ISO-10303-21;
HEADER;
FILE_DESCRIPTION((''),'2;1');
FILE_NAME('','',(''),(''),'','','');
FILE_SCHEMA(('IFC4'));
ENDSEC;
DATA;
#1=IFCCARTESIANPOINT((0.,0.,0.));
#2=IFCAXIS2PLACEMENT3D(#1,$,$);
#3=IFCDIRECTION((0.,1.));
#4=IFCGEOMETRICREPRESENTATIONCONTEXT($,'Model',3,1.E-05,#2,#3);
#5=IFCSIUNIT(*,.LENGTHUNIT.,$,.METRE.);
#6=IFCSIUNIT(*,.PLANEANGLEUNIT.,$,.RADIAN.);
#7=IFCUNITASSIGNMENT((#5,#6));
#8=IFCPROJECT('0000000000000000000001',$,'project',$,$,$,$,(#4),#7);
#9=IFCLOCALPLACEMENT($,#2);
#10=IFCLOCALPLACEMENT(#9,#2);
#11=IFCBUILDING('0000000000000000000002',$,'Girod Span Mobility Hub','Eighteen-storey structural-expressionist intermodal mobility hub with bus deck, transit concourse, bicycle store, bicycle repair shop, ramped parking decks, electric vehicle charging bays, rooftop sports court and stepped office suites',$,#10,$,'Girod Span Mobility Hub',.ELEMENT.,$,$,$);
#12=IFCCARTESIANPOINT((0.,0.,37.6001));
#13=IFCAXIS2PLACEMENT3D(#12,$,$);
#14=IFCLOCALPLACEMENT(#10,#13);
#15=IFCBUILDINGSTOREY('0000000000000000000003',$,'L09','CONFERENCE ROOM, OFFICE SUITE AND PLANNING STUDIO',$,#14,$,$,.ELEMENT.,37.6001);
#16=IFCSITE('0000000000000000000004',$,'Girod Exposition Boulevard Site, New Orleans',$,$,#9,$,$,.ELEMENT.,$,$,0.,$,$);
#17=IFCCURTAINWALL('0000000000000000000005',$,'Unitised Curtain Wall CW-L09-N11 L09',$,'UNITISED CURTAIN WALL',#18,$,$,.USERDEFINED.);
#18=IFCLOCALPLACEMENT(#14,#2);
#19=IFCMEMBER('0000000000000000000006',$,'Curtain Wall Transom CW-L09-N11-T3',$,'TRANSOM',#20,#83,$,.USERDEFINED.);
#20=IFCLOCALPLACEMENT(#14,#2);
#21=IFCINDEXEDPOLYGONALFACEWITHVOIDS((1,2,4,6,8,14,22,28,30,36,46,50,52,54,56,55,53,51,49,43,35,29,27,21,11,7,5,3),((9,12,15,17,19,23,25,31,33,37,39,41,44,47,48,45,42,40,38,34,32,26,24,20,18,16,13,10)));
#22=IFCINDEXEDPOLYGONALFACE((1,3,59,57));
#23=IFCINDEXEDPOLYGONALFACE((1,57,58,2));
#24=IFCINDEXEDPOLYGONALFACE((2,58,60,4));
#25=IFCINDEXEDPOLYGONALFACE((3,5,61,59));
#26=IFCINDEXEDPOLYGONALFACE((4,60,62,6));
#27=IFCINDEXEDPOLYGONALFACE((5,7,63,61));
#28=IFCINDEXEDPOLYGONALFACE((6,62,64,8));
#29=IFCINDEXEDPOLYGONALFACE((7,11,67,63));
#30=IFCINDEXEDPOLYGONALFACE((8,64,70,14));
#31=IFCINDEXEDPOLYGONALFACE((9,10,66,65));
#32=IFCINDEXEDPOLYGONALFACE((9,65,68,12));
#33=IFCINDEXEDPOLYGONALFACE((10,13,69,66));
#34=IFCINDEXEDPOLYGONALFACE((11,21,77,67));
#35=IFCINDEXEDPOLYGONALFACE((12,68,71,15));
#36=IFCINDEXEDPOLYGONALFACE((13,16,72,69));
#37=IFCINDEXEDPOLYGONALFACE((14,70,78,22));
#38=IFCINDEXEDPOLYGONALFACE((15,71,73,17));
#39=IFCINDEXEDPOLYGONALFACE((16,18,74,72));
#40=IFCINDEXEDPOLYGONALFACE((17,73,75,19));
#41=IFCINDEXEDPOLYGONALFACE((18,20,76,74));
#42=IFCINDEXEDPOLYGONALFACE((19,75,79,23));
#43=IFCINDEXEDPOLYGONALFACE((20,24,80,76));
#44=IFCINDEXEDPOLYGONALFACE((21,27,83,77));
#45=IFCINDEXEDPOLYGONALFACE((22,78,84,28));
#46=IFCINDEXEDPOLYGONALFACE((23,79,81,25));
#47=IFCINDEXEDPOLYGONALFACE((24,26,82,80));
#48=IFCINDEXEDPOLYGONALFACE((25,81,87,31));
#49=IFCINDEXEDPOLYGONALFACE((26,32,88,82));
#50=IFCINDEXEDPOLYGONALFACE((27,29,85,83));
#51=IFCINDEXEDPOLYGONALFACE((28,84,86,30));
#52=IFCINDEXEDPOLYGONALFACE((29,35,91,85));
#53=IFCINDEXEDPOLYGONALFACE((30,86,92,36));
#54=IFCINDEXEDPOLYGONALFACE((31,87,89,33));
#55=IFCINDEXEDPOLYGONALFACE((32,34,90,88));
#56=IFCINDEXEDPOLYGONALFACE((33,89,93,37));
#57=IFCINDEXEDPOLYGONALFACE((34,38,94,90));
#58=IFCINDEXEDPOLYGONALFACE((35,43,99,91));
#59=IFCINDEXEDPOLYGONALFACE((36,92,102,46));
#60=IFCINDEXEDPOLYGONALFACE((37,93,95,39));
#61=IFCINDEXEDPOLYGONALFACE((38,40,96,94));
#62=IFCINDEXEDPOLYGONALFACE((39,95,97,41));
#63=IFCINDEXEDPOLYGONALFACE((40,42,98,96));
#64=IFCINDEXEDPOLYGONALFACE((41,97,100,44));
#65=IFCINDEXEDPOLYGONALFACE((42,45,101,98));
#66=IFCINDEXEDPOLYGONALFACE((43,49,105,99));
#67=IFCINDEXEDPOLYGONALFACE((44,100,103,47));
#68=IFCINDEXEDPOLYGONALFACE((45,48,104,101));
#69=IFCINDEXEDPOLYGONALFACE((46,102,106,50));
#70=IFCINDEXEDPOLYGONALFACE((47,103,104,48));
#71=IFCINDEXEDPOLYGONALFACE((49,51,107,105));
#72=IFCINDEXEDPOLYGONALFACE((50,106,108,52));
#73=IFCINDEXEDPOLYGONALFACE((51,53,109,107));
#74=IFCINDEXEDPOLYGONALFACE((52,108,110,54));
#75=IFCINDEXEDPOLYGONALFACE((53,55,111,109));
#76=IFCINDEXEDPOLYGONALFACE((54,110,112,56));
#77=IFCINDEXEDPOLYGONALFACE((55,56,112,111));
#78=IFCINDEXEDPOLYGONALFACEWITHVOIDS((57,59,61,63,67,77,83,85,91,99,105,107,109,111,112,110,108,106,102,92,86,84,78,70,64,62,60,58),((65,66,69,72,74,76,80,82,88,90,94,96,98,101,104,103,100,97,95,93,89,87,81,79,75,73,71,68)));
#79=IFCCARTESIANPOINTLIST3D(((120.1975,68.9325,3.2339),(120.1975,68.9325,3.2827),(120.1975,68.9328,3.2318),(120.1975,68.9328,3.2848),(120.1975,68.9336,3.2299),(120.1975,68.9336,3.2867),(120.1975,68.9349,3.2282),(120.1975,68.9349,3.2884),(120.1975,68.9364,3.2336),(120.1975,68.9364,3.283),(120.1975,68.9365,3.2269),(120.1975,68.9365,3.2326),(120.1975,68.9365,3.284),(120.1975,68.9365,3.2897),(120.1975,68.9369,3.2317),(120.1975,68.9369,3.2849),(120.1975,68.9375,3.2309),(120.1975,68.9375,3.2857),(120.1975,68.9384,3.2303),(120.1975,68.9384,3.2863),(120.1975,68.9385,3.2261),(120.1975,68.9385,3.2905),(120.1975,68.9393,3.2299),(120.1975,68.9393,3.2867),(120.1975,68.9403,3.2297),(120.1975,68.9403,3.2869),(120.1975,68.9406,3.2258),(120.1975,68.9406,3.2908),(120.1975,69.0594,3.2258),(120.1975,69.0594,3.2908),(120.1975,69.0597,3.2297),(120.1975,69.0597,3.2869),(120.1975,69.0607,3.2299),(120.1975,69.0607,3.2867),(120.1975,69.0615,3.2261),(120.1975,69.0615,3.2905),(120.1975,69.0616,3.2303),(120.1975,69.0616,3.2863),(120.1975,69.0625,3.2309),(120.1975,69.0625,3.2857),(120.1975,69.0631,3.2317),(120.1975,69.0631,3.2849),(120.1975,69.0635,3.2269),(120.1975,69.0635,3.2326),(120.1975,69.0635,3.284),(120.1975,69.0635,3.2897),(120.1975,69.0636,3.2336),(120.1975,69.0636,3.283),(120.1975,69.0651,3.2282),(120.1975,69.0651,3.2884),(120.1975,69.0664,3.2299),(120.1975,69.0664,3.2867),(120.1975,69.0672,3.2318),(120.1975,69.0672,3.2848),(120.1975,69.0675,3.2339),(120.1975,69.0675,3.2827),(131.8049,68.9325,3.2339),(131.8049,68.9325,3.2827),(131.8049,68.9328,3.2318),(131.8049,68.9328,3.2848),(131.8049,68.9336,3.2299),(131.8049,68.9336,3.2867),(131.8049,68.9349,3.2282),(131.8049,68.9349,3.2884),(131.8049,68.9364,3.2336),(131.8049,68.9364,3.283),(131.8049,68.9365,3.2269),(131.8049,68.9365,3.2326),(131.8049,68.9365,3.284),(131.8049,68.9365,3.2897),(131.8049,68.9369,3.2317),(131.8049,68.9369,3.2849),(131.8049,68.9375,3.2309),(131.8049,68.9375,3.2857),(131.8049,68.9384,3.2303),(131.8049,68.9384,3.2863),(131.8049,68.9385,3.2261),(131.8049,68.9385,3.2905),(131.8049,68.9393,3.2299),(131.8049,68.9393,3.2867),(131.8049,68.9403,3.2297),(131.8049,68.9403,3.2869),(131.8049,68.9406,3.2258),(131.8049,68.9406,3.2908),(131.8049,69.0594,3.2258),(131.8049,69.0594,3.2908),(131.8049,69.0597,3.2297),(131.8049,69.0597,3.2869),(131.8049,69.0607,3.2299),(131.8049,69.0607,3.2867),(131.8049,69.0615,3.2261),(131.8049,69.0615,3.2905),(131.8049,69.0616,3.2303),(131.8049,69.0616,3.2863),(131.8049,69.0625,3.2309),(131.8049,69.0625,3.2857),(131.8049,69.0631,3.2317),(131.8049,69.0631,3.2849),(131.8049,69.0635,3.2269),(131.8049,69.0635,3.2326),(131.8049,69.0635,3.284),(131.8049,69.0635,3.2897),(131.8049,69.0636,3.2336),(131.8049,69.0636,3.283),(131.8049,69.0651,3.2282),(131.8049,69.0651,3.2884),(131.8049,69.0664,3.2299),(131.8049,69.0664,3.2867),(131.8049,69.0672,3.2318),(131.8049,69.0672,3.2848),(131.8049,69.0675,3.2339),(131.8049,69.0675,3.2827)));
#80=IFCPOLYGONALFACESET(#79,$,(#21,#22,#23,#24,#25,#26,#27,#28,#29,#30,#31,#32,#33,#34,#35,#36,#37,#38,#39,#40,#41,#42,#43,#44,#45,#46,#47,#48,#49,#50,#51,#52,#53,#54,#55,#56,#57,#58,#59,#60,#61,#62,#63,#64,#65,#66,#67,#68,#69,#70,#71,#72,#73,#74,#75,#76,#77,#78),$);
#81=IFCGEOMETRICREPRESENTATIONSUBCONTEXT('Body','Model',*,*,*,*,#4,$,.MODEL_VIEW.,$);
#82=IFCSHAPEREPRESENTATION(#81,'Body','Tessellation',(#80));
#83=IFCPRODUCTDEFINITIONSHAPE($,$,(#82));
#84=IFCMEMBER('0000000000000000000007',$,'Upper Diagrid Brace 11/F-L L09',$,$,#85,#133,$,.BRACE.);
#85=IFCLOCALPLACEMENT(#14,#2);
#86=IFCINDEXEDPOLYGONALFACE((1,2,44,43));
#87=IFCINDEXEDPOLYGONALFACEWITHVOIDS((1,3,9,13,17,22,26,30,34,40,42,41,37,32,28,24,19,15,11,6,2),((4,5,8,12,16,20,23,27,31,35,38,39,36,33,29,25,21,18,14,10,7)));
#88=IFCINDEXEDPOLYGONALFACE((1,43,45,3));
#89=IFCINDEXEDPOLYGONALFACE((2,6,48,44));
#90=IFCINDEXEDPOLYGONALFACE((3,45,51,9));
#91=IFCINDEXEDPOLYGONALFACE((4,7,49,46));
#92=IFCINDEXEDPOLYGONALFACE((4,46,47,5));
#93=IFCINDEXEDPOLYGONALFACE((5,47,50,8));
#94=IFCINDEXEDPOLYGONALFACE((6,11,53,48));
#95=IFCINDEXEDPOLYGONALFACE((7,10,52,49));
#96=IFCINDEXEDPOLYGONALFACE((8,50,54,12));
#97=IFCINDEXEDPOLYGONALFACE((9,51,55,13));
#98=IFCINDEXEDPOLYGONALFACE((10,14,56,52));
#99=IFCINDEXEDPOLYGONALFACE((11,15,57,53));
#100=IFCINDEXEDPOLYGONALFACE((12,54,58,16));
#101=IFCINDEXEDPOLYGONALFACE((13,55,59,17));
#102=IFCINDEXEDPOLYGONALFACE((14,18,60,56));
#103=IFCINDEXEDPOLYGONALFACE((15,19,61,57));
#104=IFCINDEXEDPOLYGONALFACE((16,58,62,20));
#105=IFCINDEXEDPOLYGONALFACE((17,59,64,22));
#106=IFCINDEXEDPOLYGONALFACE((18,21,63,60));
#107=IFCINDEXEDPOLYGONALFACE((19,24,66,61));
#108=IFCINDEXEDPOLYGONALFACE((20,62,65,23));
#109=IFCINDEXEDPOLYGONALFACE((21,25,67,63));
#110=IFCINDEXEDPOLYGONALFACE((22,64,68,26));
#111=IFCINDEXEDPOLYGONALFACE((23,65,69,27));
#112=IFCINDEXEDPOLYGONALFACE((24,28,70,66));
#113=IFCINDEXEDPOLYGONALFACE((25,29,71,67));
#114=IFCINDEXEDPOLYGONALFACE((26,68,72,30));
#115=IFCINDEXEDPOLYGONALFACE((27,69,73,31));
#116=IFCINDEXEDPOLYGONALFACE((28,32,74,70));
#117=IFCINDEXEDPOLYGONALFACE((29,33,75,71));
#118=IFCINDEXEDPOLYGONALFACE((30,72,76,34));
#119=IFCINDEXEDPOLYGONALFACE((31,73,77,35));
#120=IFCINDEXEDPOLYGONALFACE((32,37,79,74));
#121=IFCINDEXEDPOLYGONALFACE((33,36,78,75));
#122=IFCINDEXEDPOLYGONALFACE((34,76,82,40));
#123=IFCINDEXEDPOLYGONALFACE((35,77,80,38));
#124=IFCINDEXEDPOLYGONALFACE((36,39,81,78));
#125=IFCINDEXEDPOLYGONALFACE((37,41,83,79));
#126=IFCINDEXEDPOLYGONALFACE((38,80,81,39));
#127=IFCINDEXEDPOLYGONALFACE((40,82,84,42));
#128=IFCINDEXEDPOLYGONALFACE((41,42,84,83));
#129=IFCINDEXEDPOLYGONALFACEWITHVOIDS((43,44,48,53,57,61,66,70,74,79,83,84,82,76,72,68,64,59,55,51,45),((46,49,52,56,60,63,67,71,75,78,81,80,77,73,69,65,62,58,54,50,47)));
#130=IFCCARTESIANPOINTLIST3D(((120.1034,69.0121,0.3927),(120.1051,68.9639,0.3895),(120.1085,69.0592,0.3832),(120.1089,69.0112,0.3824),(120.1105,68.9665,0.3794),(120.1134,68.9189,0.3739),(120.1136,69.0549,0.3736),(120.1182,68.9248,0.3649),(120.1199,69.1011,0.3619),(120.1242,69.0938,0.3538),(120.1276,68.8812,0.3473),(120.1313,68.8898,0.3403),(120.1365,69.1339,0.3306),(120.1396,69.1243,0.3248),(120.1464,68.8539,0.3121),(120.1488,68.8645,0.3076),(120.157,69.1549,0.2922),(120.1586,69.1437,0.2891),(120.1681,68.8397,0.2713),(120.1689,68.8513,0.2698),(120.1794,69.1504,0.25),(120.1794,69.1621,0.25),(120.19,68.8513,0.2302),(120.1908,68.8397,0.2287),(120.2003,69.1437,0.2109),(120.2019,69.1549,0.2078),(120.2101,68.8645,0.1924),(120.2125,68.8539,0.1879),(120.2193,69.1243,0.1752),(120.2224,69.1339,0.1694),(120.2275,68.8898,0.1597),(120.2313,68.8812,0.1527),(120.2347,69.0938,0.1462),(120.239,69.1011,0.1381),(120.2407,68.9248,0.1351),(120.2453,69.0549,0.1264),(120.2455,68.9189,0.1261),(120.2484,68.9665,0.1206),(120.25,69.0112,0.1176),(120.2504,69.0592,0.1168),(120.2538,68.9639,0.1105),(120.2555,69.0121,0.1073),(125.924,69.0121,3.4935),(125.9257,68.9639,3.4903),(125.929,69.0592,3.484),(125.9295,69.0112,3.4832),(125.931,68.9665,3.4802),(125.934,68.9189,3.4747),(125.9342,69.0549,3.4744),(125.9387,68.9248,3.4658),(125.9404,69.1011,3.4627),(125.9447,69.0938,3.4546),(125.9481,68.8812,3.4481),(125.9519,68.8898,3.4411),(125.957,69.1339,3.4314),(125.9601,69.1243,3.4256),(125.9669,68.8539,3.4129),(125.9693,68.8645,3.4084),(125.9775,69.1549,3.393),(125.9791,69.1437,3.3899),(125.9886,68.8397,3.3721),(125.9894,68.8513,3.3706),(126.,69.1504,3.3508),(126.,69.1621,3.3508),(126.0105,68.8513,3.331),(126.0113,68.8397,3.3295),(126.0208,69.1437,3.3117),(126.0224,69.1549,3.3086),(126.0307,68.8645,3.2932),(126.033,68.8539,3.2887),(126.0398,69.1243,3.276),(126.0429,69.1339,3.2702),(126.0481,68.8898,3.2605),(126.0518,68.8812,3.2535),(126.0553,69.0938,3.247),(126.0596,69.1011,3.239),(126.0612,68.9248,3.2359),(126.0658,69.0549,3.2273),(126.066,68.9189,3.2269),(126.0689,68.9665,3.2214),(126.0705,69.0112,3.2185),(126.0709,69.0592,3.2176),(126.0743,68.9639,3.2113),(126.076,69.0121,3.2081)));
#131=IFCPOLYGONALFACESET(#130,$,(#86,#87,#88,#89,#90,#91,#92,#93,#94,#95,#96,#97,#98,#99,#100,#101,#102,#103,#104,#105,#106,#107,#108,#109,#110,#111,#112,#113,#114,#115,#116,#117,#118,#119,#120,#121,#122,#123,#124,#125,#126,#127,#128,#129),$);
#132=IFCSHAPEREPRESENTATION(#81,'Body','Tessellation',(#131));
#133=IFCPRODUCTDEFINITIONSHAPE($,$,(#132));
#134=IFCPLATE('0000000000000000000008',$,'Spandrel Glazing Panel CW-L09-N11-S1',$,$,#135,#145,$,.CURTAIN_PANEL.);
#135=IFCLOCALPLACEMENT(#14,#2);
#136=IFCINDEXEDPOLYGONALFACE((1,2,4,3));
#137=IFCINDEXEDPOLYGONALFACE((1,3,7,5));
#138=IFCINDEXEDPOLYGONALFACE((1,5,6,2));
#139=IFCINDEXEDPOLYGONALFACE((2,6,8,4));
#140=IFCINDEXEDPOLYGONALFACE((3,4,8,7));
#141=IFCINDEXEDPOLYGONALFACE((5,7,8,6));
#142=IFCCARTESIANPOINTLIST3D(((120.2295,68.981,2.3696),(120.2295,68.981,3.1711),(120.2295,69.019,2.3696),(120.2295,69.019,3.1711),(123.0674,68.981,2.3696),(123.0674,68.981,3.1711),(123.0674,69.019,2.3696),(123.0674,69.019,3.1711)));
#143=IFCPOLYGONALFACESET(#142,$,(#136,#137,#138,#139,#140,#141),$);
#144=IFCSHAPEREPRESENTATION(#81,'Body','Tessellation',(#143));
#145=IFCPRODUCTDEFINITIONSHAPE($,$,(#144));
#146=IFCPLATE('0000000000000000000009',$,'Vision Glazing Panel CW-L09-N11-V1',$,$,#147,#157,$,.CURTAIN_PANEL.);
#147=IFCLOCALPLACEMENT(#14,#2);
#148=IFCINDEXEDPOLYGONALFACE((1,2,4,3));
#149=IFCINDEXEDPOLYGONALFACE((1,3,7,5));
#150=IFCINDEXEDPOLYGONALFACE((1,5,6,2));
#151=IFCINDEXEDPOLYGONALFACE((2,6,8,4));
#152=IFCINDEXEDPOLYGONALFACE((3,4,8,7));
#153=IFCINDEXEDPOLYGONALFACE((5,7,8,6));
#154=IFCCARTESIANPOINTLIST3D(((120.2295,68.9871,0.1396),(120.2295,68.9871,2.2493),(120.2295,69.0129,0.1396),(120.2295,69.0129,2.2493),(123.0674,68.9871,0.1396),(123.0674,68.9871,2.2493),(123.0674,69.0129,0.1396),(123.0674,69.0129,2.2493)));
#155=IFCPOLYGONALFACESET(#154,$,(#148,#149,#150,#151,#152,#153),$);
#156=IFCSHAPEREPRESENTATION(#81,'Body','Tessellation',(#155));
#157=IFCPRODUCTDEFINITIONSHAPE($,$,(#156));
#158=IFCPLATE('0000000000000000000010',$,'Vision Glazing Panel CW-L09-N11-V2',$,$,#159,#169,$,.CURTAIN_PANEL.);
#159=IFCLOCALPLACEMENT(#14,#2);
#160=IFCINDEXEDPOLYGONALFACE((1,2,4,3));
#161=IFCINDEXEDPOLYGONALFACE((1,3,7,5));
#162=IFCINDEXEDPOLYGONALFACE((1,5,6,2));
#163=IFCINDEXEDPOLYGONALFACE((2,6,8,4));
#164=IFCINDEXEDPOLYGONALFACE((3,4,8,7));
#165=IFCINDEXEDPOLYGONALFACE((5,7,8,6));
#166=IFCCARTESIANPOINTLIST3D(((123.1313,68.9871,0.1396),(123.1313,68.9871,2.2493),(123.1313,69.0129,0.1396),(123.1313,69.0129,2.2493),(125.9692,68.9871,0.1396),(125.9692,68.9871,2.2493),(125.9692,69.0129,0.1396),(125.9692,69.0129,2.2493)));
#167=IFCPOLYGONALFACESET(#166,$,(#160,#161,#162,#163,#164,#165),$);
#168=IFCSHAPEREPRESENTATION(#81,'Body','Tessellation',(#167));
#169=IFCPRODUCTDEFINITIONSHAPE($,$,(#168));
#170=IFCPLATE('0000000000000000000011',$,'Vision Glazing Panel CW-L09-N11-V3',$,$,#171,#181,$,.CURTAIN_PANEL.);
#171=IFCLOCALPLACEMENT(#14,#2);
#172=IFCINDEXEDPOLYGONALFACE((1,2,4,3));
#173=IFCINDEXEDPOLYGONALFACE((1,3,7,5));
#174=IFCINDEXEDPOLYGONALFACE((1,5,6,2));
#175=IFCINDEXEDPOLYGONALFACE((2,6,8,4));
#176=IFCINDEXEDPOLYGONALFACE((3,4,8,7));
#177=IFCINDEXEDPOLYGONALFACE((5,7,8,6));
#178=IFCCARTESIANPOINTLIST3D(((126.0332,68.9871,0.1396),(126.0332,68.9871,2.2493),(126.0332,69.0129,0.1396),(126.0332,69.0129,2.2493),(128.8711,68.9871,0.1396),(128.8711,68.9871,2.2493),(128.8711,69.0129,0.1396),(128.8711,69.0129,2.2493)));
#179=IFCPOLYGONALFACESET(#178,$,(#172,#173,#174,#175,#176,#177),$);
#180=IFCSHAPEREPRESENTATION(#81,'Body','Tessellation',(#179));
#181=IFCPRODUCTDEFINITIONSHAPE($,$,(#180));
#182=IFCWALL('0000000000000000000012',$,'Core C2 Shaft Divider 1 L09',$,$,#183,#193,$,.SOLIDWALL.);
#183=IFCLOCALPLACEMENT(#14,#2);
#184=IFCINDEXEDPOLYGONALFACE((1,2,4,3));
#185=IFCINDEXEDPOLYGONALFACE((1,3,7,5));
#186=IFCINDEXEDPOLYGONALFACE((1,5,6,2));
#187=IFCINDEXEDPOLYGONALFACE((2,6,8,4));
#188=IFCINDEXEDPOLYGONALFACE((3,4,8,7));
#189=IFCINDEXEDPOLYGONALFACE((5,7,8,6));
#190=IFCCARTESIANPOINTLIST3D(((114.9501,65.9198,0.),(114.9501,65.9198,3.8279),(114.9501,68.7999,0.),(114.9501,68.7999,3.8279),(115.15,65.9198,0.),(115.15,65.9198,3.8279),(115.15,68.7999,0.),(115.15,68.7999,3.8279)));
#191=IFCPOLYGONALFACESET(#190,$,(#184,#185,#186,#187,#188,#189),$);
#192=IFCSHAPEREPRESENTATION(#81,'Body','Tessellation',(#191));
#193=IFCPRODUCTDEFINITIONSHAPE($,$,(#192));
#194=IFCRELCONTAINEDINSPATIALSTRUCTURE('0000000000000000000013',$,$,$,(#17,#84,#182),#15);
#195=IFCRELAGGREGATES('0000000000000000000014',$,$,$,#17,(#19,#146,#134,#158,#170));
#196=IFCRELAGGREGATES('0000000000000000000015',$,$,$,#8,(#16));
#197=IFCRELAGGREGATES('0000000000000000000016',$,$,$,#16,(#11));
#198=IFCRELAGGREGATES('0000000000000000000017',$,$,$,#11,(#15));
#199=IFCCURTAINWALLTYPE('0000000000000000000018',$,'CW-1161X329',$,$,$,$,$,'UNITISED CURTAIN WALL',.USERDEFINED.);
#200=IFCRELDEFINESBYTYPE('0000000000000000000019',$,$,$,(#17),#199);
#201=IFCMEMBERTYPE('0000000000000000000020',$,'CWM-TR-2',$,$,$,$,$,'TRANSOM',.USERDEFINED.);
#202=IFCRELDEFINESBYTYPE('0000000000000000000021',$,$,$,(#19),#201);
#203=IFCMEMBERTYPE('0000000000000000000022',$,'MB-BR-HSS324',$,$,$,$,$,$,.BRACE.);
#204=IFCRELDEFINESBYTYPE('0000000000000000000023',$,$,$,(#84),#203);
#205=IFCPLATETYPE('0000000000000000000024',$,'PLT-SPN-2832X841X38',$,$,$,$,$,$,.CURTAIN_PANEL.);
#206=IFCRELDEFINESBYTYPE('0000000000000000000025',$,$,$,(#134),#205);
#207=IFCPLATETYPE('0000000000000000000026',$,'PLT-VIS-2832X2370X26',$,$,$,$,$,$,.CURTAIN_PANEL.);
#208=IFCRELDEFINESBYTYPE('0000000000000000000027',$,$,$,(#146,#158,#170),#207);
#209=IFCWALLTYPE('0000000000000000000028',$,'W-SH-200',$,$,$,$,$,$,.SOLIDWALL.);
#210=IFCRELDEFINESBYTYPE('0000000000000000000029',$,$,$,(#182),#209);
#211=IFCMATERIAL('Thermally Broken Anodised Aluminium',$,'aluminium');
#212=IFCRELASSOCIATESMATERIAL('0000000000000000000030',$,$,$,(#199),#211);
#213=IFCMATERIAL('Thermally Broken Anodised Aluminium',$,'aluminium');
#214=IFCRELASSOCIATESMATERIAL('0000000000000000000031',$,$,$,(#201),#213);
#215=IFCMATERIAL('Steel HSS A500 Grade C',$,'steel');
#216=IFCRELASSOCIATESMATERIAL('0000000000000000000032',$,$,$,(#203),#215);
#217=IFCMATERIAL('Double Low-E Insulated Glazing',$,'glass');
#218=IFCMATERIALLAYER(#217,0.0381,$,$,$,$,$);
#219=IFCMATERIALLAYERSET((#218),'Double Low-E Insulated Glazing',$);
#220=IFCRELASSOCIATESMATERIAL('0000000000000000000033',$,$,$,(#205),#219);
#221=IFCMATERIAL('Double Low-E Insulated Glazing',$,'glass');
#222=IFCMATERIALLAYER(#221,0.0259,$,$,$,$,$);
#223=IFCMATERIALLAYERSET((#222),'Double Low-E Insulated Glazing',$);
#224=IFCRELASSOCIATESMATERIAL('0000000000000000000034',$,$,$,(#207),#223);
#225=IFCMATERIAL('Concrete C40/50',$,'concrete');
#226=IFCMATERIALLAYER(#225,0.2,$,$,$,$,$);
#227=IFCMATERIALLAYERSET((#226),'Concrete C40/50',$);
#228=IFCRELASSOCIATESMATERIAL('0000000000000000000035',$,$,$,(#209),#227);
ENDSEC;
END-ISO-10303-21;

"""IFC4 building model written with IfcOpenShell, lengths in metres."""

from ifc_helpers import new_model, si_unit, direction, frame, frame_2d, origin, origin_2d, place, context, subcontext, project, spatial, rectangle, hollow_rectangle, hollow_circle, extrude, material, layer, layer_set, material_profile, profile_set, type_object, element, aggregate, save


model = new_model("IFC4")

# Units and contexts
model_context = context("Model", 3, precision=1e-05, world=origin(), true_north=direction((0.0, 1.0)))
body_context = subcontext(model_context, "Body", "Model", "MODEL_VIEW")
ifc_project = project(units=[si_unit("LENGTHUNIT", "METRE"), si_unit("PLANEANGLEUNIT", "RADIAN")], contexts=[model_context])

# Site, building, storey
site_placement = place(None, origin())
site = spatial("IfcSite", under=ifc_project, at=site_placement, Name="Girod Exposition Boulevard Site, New Orleans", CompositionType="ELEMENT", RefElevation=0.0)
building_placement = place(site_placement, origin())
building = spatial("IfcBuilding", under=site, at=building_placement, Name="Girod Span Mobility Hub", Description="Eighteen-storey structural-expressionist intermodal mobility hub with bus deck, transit concourse, bicycle store, bicycle repair shop, ramped parking decks, electric vehicle charging bays, rooftop sports court and stepped office suites", LongName="Girod Span Mobility Hub", CompositionType="ELEMENT")
storey_placement = place(building_placement, frame((0.0, 0.0, 37.6001)))
storey = spatial("IfcBuildingStorey", under=building, at=storey_placement, Name="L09", Description="CONFERENCE ROOM, OFFICE SUITE AND PLANNING STUDIO", CompositionType="ELEMENT", Elevation=37.6001)

# Curtain wall, member
ifc_material_1 = material(Name="Thermally Broken Anodised Aluminium", Category="aluminium")
curtain_wall_type = type_object("IfcCurtainWallType", Name="CW-1161X329", ElementType="UNITISED CURTAIN WALL", PredefinedType="USERDEFINED", material=ifc_material_1)
curtain_wall_placement = place(storey_placement, origin())
curtain_wall = element("IfcCurtainWall", 1, at=curtain_wall_placement, inside=storey, type_object=curtain_wall_type, Name="Unitised Curtain Wall CW-L09-N11 L09", ObjectType="UNITISED CURTAIN WALL", PredefinedType="USERDEFINED")
ifc_material_2 = material(Name="Thermally Broken Anodised Aluminium", Category="aluminium")
ifc_material_profile_1 = material_profile(ifc_material_2, hollow_rectangle(XDim=0.135, YDim=0.0649, WallThickness=0.0039, InnerFilletRadius=0.0039, OuterFilletRadius=0.0081, at=origin_2d()), Name="CW-TR-65X135")
ifc_profile_set_1 = profile_set([ifc_material_profile_1], Name="Thermally Broken Anodised Aluminium")
member_type_1 = type_object("IfcMemberType", Name="CWM-TR-2", ElementType="TRANSOM", PredefinedType="USERDEFINED", material=ifc_profile_set_1)
member_1_placement = place(storey_placement, frame((120.1975, 69.0, 3.2583), z_axis=(1.0, 0.0, 0.0), x_axis=(0.0, 1.0, 0.0)))
member_1 = element("IfcMember", 2, at=member_1_placement, type_object=member_type_1, Name="Curtain Wall Transom CW-L09-N11-T3", ObjectType="TRANSOM", PredefinedType="USERDEFINED", context=body_context, shape_type="SweptSolid", body=[
    extrude(hollow_rectangle(XDim=0.135, YDim=0.0649, WallThickness=0.0039, InnerFilletRadius=0.0039, OuterFilletRadius=0.0081, at=origin_2d()), origin(), (0.0, 0.0, 1.0), 11.6074),
])

# Member
ifc_material_3 = material(Name="Steel HSS A500 Grade C", Category="steel")
ifc_material_profile_2 = material_profile(ifc_material_3, hollow_circle(Radius=0.1621, WallThickness=0.0117, at=origin_2d()), Name="HSS324X12.7")
ifc_profile_set_2 = profile_set([ifc_material_profile_2], Name="Steel HSS A500 Grade C")
member_type_2 = type_object("IfcMemberType", Name="MB-BR-HSS324", PredefinedType="BRACE", material=ifc_profile_set_2)
member_2_placement = place(storey_placement, frame((120.1794, 69.0, 0.25), z_axis=(0.882571, 0.0, 0.470179), x_axis=(0.0, 1.0, 0.0)))
element("IfcMember", 3, at=member_2_placement, inside=storey, type_object=member_type_2, Name="Upper Diagrid Brace 11/F-L L09", PredefinedType="BRACE", context=body_context, shape_type="SweptSolid", body=[
    extrude(hollow_circle(Radius=0.1621, WallThickness=0.0117, at=origin_2d()), origin(), (0.0, 0.0, 1.0), 6.595),
])

# Plates
ifc_material_4 = material(Name="Double Low-E Insulated Glazing", Category="glass")
ifc_layer_1 = layer(ifc_material_4, 0.0381)
ifc_layer_set_1 = layer_set([ifc_layer_1], Name="Double Low-E Insulated Glazing")
plate_type_1 = type_object("IfcPlateType", Name="PLT-SPN-2832X841X38", PredefinedType="CURTAIN_PANEL", material=ifc_layer_set_1)
plate_1_placement = place(storey_placement, frame((121.6484, 69.0, 2.3696), z_axis=(0.0, 0.0, 1.0), x_axis=(1.0, 0.0, 0.0)))
plate_1 = element("IfcPlate", 4, at=plate_1_placement, type_object=plate_type_1, Name="Spandrel Glazing Panel CW-L09-N11-S1", PredefinedType="CURTAIN_PANEL", context=body_context, shape_type="SweptSolid", body=[
    extrude(rectangle(XDim=2.8379, YDim=0.0381, at=origin_2d()), origin(), (0.0, 0.0, 1.0), 0.8015),
])
ifc_material_5 = material(Name="Double Low-E Insulated Glazing", Category="glass")
ifc_layer_2 = layer(ifc_material_5, 0.0259)
ifc_layer_set_2 = layer_set([ifc_layer_2], Name="Double Low-E Insulated Glazing")
plate_type_2 = type_object("IfcPlateType", Name="PLT-VIS-2832X2370X26", PredefinedType="CURTAIN_PANEL", material=ifc_layer_set_2)
plate_2_placement = place(storey_placement, frame((121.6484, 69.0, 0.1396), z_axis=(0.0, 0.0, 1.0), x_axis=(1.0, 0.0, 0.0)))
plate_2 = element("IfcPlate", 5, at=plate_2_placement, type_object=plate_type_2, Name="Vision Glazing Panel CW-L09-N11-V1", PredefinedType="CURTAIN_PANEL", context=body_context, shape_type="SweptSolid", body=[
    extrude(rectangle(XDim=2.8379, YDim=0.0259, at=origin_2d()), origin(), (0.0, 0.0, 1.0), 2.1096),
])
plate_3_placement = place(storey_placement, frame((124.5503, 69.0, 0.1396), z_axis=(0.0, 0.0, 1.0), x_axis=(1.0, 0.0, 0.0)))
plate_3 = element("IfcPlate", 6, at=plate_3_placement, type_object=plate_type_2, Name="Vision Glazing Panel CW-L09-N11-V2", PredefinedType="CURTAIN_PANEL", context=body_context, shape_type="SweptSolid", body=[
    extrude(rectangle(XDim=2.8379, YDim=0.0259, at=origin_2d()), origin(), (0.0, 0.0, 1.0), 2.1096),
])
plate_4_placement = place(storey_placement, frame((127.4521, 69.0, 0.1396), z_axis=(0.0, 0.0, 1.0), x_axis=(1.0, 0.0, 0.0)))
plate_4 = element("IfcPlate", 7, at=plate_4_placement, type_object=plate_type_2, Name="Vision Glazing Panel CW-L09-N11-V3", PredefinedType="CURTAIN_PANEL", context=body_context, shape_type="SweptSolid", body=[
    extrude(rectangle(XDim=2.8379, YDim=0.0259, at=origin_2d()), origin(), (0.0, 0.0, 1.0), 2.1096),
])
aggregate(curtain_wall, [member_1, plate_2, plate_1, plate_3, plate_4])

# Wall
ifc_material_6 = material(Name="Concrete C40/50", Category="concrete")
ifc_layer_3 = layer(ifc_material_6, 0.2)
ifc_layer_set_3 = layer_set([ifc_layer_3], Name="Concrete C40/50")
wall_type = type_object("IfcWallType", Name="W-SH-200", PredefinedType="SOLIDWALL", material=ifc_layer_set_3)
for number, where, z_axis, x_axis, name in (
    (8, (115.05, 65.9199, 0.0), (0.0, 0.0, 1.0), (0.0, 1.0, 0.0), "Core C2 Shaft Divider 1 L09"),
):
    element("IfcWall", number, at=place(storey_placement, frame(where, z_axis=z_axis, x_axis=x_axis)), inside=storey, type_object=wall_type, Name=name, PredefinedType="SOLIDWALL", context=body_context, shape_type="SweptSolid", body=[
        extrude(rectangle(XDim=2.8801, YDim=0.2, at=frame_2d((1.4399, 0.0))), origin(), (0.0, 0.0, 1.0), 3.8279),
    ])

save(model, "model.ifc")
